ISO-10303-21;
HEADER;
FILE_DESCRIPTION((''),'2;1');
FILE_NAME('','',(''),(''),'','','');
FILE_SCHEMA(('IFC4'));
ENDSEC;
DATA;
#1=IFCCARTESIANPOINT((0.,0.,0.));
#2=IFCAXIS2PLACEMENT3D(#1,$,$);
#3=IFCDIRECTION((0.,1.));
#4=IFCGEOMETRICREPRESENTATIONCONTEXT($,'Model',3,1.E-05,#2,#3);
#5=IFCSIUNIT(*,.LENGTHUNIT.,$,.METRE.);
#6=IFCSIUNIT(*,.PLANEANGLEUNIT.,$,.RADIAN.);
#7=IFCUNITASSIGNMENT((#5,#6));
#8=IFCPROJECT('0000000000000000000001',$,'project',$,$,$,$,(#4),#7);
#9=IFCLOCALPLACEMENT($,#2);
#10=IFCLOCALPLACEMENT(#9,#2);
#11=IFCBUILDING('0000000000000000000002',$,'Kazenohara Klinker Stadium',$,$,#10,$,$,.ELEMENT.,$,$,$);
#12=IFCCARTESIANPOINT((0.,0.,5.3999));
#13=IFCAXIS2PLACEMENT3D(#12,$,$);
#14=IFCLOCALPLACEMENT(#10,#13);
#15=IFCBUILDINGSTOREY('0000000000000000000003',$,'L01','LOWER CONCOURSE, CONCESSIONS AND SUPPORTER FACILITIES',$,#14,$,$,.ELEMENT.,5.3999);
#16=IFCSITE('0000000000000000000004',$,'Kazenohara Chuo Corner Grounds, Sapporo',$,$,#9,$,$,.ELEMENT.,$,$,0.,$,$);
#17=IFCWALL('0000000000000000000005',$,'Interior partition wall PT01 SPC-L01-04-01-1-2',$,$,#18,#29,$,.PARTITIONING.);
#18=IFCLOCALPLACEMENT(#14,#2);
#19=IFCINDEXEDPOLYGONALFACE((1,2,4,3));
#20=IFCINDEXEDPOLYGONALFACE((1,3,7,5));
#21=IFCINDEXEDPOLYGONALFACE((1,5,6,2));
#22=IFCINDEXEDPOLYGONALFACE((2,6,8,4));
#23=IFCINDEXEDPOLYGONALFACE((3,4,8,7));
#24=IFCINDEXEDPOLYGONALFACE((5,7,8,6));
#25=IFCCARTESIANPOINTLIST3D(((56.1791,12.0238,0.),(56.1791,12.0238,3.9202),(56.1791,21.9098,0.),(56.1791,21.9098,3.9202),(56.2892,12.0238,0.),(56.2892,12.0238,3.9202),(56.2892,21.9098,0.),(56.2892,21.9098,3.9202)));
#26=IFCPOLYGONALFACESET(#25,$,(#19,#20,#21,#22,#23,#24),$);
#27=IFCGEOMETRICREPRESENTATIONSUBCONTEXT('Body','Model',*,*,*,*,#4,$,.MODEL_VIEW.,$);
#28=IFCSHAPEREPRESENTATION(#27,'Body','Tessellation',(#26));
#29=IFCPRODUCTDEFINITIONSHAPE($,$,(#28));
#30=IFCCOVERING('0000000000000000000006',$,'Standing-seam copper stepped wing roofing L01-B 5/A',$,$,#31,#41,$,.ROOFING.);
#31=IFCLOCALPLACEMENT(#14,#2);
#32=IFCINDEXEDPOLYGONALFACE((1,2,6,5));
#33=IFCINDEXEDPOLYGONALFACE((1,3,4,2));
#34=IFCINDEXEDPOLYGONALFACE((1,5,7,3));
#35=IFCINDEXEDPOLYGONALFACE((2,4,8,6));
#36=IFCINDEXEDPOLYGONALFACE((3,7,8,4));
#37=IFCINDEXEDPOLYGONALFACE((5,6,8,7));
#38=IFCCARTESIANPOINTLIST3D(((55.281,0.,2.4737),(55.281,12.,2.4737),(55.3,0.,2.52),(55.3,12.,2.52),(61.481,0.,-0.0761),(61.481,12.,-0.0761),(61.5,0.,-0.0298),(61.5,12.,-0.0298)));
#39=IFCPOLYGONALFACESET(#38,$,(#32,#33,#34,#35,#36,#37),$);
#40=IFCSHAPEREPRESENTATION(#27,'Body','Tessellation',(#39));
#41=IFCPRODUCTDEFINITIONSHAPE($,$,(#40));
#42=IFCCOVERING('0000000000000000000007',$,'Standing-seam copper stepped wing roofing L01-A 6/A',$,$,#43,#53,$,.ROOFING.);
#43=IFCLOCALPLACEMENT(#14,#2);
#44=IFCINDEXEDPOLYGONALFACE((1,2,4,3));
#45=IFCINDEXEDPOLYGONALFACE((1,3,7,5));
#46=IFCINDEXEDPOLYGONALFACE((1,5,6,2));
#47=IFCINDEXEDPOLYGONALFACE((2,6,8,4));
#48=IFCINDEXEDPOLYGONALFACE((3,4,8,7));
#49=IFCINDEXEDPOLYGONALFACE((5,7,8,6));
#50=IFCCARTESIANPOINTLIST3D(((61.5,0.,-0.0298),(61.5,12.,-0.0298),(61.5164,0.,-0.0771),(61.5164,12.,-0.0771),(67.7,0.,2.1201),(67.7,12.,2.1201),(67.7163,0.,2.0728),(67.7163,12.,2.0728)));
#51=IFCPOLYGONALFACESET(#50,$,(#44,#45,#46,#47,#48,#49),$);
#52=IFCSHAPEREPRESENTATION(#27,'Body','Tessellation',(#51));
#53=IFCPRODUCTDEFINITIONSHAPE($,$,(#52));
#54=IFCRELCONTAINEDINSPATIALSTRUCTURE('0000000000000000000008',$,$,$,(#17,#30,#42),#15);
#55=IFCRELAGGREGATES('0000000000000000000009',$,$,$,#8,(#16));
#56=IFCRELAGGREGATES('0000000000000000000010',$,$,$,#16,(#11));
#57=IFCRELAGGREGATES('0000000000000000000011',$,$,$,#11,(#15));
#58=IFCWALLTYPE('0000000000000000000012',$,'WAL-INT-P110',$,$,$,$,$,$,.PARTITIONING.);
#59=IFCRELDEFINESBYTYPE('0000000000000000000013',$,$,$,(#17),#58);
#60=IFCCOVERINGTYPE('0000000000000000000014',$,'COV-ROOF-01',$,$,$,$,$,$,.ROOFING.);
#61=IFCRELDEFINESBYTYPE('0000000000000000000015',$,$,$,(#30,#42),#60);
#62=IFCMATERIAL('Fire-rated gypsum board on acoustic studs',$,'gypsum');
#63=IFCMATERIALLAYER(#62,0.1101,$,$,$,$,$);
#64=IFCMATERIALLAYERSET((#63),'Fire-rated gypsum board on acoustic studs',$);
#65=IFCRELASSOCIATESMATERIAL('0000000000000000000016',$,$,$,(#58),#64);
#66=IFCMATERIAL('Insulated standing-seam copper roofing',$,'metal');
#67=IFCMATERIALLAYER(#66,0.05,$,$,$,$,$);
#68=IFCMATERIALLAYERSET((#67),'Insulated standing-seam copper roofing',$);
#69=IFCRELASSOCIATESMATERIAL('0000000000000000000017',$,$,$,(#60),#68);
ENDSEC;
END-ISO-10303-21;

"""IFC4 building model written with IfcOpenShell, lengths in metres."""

from ifc_helpers import new_model, si_unit, direction, frame, frame_2d, origin, place, context, subcontext, project, spatial, polyline, rectangle, outline, extrude, material, layer, layer_set, type_object, element, save


model = new_model("IFC4")

# Units and contexts
model_context = context("Model", 3, precision=1e-05, world=origin(), true_north=direction((0.0, 1.0)))
body_context = subcontext(model_context, "Body", "Model", "MODEL_VIEW")
ifc_project = project(units=[si_unit("LENGTHUNIT", "METRE"), si_unit("PLANEANGLEUNIT", "RADIAN")], contexts=[model_context])

# Site, building, storey
site_placement = place(None, origin())
site = spatial("IfcSite", under=ifc_project, at=site_placement, Name="Kazenohara Chuo Corner Grounds, Sapporo", CompositionType="ELEMENT", RefElevation=0.0)
building_placement = place(site_placement, origin())
building = spatial("IfcBuilding", under=site, at=building_placement, Name="Kazenohara Klinker Stadium", CompositionType="ELEMENT")
storey_placement = place(building_placement, frame((0.0, 0.0, 5.3999)))
storey = spatial("IfcBuildingStorey", under=building, at=storey_placement, Name="L01", Description="LOWER CONCOURSE, CONCESSIONS AND SUPPORTER FACILITIES", CompositionType="ELEMENT", Elevation=5.3999)

# Wall
ifc_material_1 = material(Name="Fire-rated gypsum board on acoustic studs", Category="gypsum")
ifc_layer_1 = layer(ifc_material_1, 0.1101)
ifc_layer_set_1 = layer_set([ifc_layer_1], Name="Fire-rated gypsum board on acoustic studs")
wall_type_1 = type_object("IfcWallType", Name="WAL-INT-P110", PredefinedType="PARTITIONING", material=ifc_layer_set_1)
wall_1_placement = place(storey_placement, frame((56.2341, 12.0239, 0.0), z_axis=(0.0, 0.0, 1.0), x_axis=(0.0, 1.0, 0.0)))
element("IfcWall", 1, at=wall_1_placement, inside=storey, type_object=wall_type_1, Name="Interior partition wall PT01 SPC-L01-04-01-1-2", PredefinedType="PARTITIONING", context=body_context, shape_type="SweptSolid", body=[
    extrude(rectangle(XDim=9.886, YDim=0.1101, at=frame_2d((4.9429, 0.0))), origin(), (0.0, 0.0, 1.0), 3.9202),
])

# Coverings
ifc_material_2 = material(Name="Insulated standing-seam copper roofing", Category="metal")
ifc_layer_2 = layer(ifc_material_2, 0.05)
ifc_layer_set_2 = layer_set([ifc_layer_2], Name="Insulated standing-seam copper roofing")
covering_type = type_object("IfcCoveringType", Name="COV-ROOF-01", PredefinedType="ROOFING", material=ifc_layer_set_2)
covering_1_placement = place(storey_placement, frame((55.3, 0.0, 2.52), z_axis=(0.380352, 0.0, 0.924842), x_axis=(0.924842, 0.0, -0.380352)))
element("IfcCovering", 2, at=covering_1_placement, inside=storey, type_object=covering_type, Name="Standing-seam copper stepped wing roofing L01-B 5/A", PredefinedType="ROOFING", context=body_context, shape_type="SweptSolid", body=[
    extrude(outline(polyline([(0.0, 0.0), (6.7038, 0.0), (6.7038, 12.0), (0.0, 12.0), (0.0, 0.0)])), origin(), (0.0, 0.0, -1.0), 0.05),
])
covering_2_placement = place(storey_placement, frame((61.5, 0.0, -0.0298), z_axis=(-0.327623, 0.0, 0.944809), x_axis=(0.944809, 0.0, 0.327623)))
element("IfcCovering", 3, at=covering_2_placement, inside=storey, type_object=covering_type, Name="Standing-seam copper stepped wing roofing L01-A 6/A", PredefinedType="ROOFING", context=body_context, shape_type="SweptSolid", body=[
    extrude(outline(polyline([(0.0, 0.0), (6.5621, 0.0), (6.5621, 12.0), (0.0, 12.0), (0.0, 0.0)])), origin(), (0.0, 0.0, -1.0), 0.05),
])

save(model, "model.ifc")
